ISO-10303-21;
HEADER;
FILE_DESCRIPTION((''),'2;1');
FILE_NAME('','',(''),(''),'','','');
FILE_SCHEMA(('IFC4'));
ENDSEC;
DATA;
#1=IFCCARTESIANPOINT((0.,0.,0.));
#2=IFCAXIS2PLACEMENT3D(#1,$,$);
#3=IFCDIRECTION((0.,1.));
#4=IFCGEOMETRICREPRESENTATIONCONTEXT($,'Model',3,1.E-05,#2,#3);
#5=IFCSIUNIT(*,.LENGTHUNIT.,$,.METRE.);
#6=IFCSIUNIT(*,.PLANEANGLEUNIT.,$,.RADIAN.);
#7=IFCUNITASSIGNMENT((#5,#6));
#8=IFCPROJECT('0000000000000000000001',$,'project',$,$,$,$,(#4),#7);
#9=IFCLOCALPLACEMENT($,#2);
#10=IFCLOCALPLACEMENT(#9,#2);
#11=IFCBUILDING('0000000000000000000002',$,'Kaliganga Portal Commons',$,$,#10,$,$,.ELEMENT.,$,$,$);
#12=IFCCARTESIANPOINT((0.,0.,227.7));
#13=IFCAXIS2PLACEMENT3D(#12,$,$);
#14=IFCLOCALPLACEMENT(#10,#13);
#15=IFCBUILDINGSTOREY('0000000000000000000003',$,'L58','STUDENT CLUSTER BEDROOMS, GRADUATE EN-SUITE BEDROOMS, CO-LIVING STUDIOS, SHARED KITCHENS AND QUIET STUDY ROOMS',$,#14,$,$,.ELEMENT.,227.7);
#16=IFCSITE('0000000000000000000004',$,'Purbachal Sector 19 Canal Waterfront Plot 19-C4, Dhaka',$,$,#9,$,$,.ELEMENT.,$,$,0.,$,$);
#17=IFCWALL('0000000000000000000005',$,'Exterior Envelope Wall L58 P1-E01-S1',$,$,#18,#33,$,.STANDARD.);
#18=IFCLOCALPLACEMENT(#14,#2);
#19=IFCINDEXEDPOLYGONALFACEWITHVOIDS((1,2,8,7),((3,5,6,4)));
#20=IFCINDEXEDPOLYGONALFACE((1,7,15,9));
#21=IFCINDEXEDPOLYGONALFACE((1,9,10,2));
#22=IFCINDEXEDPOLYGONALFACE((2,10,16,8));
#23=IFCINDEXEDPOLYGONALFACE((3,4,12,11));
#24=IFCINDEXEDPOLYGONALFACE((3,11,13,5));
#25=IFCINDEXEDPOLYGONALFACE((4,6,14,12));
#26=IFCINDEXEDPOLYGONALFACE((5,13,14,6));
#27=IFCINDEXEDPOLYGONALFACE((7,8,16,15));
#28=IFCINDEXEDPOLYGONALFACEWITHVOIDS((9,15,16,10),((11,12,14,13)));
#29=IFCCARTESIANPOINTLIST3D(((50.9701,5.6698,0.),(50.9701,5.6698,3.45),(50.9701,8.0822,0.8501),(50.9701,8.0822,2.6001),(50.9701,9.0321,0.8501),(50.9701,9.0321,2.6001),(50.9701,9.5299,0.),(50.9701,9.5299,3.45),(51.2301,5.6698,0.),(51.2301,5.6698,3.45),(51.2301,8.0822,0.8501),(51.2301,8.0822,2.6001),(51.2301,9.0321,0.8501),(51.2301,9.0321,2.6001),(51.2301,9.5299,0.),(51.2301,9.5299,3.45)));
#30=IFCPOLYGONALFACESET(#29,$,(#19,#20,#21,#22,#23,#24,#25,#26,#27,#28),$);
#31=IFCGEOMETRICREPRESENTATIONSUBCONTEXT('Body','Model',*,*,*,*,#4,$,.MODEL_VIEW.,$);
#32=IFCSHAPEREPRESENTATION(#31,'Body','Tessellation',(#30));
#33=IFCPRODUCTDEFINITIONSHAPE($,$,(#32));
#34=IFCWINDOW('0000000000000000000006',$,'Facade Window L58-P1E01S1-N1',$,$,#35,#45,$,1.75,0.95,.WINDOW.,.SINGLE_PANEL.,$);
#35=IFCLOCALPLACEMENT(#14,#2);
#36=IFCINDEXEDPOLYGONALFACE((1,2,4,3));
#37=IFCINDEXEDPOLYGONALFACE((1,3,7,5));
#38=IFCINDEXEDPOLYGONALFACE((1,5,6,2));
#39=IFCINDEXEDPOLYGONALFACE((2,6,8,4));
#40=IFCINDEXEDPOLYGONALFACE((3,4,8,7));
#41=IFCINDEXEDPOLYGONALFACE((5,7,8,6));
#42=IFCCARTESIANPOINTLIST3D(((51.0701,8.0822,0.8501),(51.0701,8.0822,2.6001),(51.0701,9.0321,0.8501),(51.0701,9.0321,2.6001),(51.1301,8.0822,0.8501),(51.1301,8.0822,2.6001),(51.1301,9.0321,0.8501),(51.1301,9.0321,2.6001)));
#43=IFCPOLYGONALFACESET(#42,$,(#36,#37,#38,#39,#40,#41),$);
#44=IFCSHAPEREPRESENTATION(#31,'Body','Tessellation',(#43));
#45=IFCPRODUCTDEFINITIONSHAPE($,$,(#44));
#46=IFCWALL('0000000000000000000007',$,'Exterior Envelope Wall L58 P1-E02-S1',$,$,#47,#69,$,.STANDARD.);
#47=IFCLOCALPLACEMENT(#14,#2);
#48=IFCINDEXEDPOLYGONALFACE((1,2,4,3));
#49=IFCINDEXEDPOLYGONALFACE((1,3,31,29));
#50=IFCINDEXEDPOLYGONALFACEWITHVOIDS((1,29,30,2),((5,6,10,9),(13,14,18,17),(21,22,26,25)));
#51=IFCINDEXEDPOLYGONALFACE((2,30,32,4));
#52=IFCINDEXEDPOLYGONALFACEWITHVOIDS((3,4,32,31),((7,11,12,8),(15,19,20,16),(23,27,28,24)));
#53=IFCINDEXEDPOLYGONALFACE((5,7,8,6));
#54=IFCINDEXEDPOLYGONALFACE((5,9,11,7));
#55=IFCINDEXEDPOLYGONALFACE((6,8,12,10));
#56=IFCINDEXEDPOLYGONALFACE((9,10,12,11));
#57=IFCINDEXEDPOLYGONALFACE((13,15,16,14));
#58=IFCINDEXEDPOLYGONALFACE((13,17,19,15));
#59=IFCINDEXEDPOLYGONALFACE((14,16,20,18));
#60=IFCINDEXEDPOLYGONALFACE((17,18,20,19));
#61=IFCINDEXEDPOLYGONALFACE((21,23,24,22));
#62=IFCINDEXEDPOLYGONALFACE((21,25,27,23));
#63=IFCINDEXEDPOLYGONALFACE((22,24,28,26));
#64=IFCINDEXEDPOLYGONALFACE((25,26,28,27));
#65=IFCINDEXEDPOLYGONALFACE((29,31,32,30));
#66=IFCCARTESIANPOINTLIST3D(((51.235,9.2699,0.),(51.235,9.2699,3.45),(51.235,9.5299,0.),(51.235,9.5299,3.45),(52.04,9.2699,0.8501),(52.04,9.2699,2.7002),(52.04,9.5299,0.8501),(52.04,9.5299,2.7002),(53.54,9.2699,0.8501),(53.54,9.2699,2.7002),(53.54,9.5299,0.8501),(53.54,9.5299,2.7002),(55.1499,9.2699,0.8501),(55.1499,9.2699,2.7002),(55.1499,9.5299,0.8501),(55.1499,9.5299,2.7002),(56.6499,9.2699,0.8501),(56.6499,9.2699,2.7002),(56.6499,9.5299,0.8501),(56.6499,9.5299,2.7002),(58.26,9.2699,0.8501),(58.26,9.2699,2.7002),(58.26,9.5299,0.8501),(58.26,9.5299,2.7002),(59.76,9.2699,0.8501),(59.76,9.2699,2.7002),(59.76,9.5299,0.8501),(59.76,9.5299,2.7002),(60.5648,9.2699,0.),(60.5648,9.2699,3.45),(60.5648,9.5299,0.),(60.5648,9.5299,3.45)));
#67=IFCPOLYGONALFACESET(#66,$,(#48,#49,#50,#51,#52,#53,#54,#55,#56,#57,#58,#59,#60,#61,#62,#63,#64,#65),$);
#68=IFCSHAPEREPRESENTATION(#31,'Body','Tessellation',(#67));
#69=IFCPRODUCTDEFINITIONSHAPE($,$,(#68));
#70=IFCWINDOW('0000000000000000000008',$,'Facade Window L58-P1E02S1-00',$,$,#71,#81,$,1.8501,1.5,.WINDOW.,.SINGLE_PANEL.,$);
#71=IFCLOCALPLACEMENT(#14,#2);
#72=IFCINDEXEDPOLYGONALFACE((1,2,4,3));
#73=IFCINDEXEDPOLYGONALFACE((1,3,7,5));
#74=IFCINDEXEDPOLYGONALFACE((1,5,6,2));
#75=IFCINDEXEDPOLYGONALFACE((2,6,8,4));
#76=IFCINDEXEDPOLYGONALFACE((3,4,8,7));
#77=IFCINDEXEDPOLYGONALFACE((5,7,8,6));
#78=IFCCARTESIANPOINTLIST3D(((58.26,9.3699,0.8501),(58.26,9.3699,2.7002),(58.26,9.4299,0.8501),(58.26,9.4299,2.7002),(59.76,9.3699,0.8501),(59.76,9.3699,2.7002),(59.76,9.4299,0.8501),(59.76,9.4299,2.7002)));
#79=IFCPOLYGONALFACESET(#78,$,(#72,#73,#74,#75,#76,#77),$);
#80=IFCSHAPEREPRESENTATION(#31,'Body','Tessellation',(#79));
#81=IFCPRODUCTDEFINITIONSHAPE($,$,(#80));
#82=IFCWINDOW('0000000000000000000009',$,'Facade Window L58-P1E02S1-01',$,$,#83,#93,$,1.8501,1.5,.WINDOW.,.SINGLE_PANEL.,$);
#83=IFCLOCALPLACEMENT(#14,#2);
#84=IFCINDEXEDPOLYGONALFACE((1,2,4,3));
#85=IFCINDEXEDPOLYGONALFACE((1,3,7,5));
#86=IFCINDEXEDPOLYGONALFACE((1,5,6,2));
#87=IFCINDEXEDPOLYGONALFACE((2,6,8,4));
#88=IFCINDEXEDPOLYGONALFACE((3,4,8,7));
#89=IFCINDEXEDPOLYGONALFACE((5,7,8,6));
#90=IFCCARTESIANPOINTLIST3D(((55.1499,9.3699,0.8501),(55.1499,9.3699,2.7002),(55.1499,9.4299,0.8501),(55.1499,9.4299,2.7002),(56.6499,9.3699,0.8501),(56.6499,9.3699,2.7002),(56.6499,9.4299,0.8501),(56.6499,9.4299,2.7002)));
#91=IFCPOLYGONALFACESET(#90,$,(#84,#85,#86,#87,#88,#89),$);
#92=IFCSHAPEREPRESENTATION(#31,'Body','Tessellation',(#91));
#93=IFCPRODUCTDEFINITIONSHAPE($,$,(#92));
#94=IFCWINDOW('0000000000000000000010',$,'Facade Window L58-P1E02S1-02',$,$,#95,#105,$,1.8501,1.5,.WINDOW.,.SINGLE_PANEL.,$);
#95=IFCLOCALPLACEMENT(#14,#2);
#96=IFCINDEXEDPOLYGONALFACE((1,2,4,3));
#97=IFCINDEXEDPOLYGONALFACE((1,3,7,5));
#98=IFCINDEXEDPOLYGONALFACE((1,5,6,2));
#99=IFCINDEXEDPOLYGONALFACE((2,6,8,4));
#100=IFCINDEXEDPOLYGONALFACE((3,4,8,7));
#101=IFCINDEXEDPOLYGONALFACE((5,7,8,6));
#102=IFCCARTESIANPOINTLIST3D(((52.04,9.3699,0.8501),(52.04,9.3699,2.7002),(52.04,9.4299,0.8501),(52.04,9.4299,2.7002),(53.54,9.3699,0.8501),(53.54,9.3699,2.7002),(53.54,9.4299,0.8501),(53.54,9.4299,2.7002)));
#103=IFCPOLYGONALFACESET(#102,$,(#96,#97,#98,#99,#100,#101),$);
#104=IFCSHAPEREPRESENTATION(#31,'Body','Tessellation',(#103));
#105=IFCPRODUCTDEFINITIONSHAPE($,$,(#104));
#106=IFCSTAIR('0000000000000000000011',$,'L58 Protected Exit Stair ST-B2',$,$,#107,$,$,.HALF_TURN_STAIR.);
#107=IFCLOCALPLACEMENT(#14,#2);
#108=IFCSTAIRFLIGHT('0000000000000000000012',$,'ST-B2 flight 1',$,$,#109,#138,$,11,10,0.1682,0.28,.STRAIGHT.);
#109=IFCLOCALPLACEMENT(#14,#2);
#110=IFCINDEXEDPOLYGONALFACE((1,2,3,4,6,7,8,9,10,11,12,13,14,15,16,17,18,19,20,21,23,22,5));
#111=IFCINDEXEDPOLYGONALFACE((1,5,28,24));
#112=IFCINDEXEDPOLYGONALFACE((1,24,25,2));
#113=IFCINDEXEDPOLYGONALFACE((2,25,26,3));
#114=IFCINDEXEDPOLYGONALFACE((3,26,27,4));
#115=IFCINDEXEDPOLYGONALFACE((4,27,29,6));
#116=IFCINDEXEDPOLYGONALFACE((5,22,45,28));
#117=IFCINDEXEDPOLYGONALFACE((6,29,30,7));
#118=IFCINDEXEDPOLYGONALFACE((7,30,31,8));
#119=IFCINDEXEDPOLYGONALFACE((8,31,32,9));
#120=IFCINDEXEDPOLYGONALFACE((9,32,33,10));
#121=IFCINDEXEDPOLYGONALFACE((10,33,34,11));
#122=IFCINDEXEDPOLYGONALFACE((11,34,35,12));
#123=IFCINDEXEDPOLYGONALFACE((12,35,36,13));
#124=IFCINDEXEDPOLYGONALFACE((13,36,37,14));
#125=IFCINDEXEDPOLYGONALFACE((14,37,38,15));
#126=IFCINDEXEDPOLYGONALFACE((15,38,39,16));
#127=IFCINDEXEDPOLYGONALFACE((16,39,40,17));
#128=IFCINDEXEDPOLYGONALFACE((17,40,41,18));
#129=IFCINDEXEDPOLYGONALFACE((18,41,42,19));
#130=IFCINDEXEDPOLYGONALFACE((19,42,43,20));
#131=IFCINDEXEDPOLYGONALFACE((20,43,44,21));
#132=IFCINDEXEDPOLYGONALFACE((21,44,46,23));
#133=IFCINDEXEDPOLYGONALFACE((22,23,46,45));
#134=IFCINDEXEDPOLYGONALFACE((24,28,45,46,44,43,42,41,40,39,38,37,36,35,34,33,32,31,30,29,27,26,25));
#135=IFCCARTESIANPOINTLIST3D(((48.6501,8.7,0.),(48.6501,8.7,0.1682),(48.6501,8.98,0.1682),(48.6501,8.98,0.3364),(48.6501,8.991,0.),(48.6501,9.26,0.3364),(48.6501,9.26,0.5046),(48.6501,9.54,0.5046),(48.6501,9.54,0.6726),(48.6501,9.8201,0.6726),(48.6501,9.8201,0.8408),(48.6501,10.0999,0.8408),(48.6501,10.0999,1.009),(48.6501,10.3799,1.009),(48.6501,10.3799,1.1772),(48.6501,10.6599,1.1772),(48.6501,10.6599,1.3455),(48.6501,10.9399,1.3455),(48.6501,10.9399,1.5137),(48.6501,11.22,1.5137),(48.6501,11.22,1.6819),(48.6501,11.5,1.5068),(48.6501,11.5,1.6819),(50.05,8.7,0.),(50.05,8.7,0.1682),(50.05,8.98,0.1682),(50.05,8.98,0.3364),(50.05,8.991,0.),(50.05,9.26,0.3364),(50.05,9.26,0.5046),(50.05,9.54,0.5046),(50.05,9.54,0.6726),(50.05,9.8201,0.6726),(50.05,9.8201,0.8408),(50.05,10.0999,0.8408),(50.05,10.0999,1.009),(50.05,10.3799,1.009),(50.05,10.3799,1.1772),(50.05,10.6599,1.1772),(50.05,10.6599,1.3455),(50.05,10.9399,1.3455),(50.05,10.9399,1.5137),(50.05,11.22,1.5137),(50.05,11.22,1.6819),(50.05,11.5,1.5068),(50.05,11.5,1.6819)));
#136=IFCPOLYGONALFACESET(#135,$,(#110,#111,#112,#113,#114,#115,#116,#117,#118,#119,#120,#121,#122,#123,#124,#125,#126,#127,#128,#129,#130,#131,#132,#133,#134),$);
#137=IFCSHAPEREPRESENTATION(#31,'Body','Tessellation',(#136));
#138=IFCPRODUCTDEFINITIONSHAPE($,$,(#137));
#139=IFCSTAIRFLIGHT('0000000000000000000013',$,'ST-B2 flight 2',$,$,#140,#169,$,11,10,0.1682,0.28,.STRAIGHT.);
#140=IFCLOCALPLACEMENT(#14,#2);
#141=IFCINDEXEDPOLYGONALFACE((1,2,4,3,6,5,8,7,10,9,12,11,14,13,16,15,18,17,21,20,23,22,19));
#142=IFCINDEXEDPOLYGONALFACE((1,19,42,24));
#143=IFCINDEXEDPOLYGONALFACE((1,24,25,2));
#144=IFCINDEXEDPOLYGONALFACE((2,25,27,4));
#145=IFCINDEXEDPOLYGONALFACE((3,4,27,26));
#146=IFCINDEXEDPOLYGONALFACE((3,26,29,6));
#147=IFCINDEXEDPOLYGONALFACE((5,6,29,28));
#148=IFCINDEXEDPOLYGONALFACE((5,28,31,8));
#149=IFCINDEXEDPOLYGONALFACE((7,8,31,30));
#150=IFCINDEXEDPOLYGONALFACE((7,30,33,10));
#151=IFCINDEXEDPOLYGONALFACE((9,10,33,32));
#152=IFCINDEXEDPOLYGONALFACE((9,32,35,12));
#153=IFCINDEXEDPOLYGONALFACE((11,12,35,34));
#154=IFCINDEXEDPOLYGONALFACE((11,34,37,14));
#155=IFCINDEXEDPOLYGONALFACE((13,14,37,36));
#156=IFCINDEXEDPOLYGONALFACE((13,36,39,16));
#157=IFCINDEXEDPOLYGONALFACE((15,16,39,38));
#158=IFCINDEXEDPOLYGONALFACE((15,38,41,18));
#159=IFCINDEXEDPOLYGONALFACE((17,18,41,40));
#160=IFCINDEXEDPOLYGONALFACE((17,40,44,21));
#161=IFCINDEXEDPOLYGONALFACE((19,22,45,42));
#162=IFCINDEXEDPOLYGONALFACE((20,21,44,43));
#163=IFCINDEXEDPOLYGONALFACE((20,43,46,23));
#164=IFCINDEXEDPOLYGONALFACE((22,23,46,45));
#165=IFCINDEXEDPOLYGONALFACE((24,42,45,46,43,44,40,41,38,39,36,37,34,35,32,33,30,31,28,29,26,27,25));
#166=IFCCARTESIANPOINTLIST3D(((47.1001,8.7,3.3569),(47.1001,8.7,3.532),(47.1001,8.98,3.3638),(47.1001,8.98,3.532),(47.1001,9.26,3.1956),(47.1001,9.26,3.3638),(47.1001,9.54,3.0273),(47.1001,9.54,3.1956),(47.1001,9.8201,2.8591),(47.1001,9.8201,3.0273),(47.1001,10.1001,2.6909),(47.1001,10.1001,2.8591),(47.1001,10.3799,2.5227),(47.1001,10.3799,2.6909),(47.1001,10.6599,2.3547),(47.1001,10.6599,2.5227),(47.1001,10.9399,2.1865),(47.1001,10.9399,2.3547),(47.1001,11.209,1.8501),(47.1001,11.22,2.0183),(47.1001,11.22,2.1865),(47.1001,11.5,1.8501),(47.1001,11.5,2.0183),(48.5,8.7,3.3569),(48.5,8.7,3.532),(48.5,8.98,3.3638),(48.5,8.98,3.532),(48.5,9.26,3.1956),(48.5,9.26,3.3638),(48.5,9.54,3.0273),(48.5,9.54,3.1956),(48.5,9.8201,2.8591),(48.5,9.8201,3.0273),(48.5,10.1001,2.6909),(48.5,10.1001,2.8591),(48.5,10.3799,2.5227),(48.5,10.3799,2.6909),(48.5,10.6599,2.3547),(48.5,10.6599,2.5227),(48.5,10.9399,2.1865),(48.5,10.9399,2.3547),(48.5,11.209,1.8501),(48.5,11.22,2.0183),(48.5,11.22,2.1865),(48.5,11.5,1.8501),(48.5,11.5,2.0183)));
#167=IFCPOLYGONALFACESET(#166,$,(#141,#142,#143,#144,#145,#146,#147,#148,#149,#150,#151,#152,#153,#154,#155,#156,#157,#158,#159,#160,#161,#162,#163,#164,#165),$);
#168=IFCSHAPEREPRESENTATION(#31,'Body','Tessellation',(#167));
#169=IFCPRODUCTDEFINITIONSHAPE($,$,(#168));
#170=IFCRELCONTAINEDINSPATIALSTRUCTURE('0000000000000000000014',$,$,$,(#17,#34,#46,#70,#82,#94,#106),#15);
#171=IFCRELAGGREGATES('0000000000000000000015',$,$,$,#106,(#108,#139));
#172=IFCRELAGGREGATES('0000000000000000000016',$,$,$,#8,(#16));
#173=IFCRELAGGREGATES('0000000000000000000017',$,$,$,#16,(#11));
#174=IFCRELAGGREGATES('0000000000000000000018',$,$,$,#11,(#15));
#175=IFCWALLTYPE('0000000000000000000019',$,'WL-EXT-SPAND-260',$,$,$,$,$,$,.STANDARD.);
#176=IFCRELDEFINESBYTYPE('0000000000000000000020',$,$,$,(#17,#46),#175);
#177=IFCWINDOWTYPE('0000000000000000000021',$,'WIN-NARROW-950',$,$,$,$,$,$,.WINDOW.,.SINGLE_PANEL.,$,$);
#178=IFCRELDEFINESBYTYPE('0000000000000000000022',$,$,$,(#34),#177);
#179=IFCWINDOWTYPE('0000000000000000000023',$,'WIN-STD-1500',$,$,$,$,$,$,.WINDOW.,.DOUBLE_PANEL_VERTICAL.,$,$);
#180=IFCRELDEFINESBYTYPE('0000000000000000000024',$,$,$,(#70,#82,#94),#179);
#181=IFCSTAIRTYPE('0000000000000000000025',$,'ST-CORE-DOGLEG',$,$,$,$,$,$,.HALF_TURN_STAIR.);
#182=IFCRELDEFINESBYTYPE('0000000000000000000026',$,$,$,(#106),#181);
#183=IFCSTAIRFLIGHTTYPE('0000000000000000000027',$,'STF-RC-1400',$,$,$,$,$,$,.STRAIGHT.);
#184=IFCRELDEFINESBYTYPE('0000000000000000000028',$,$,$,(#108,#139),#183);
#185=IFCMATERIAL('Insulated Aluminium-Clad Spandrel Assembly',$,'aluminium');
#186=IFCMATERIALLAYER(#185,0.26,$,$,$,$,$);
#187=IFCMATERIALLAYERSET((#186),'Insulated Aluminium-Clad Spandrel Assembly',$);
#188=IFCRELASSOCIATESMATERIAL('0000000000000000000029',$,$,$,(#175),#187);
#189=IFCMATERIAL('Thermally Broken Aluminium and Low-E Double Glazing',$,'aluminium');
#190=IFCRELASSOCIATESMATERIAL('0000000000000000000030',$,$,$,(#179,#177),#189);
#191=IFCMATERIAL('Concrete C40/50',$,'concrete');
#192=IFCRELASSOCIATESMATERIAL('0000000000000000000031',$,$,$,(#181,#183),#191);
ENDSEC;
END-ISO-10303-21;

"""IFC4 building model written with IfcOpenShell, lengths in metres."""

from ifc_helpers import new_model, si_unit, direction, frame, frame_2d, origin, place, context, subcontext, project, spatial, polyline, rectangle, outline, extrude, material, layer, layer_set, type_object, element, fill, aggregate, save


model = new_model("IFC4")

# Units and contexts
model_context = context("Model", 3, precision=1e-05, world=origin(), true_north=direction((0.0, 1.0)))
body_context = subcontext(model_context, "Body", "Model", "MODEL_VIEW")
ifc_project = project(units=[si_unit("LENGTHUNIT", "METRE"), si_unit("PLANEANGLEUNIT", "RADIAN")], contexts=[model_context])

# Site, building, storey
site_placement = place(None, origin())
site = spatial("IfcSite", under=ifc_project, at=site_placement, Name="Purbachal Sector 19 Canal Waterfront Plot 19-C4, Dhaka", CompositionType="ELEMENT", RefElevation=0.0)
building_placement = place(site_placement, origin())
building = spatial("IfcBuilding", under=site, at=building_placement, Name="Kaliganga Portal Commons", CompositionType="ELEMENT")
storey_placement = place(building_placement, frame((0.0, 0.0, 227.7)))
storey = spatial("IfcBuildingStorey", under=building, at=storey_placement, Name="L58", Description="STUDENT CLUSTER BEDROOMS, GRADUATE EN-SUITE BEDROOMS, CO-LIVING STUDIOS, SHARED KITCHENS AND QUIET STUDY ROOMS", CompositionType="ELEMENT", Elevation=227.7)

# Shared definitions
ifc_material_1 = material(Name="Insulated Aluminium-Clad Spandrel Assembly", Category="aluminium")
ifc_layer_1 = layer(ifc_material_1, 0.26)
ifc_layer_set_1 = layer_set([ifc_layer_1], Name="Insulated Aluminium-Clad Spandrel Assembly")
wall_type_1 = type_object("IfcWallType", Name="WL-EXT-SPAND-260", PredefinedType="STANDARD", material=ifc_layer_set_1)
ifc_material_2 = material(Name="Thermally Broken Aluminium and Low-E Double Glazing", Category="aluminium")
window_type_1 = type_object("IfcWindowType", Name="WIN-STD-1500", PartitioningType="DOUBLE_PANEL_VERTICAL", PredefinedType="WINDOW", material=ifc_material_2)

# Wall, opening, window
wall_1_placement = place(storey_placement, frame((51.1001, 9.53, 0.0), z_axis=(0.0, 0.0, 1.0), x_axis=(0.0, -1.0, 0.0)))
wall_1 = element("IfcWall", 1, at=wall_1_placement, inside=storey, type_object=wall_type_1, Name="Exterior Envelope Wall L58 P1-E01-S1", PredefinedType="STANDARD", context=body_context, shape_type="SweptSolid", body=[
    extrude(rectangle(XDim=3.8601, YDim=0.26, at=frame_2d((1.9302, 0.0))), origin(), (0.0, 0.0, 1.0), 3.45),
])
opening_1_placement = place(wall_1_placement, frame((0.4978, 0.0, 0.8501)))
opening_1 = element("IfcOpeningElement", 2, at=opening_1_placement, cuts=wall_1, PredefinedType="OPENING", context=body_context, shape_type="SweptSolid", body=[
    extrude(rectangle(XDim=0.95, YDim=1.75, at=frame_2d((0.4751, 0.875))), frame((0.0, 0.1401, 0.0), z_axis=(0.0, -1.0, 0.0), x_axis=(1.0, 0.0, 0.0)), (0.0, 0.0, 1.0), 0.28),
])
window_type_2 = type_object("IfcWindowType", Name="WIN-NARROW-950", PartitioningType="SINGLE_PANEL", PredefinedType="WINDOW", material=ifc_material_2)
window_1_placement = place(opening_1_placement, origin())
window_1 = element("IfcWindow", 3, at=window_1_placement, inside=storey, type_object=window_type_2, Name="Facade Window L58-P1E01S1-N1", OverallHeight=1.75, OverallWidth=0.95, PartitioningType="SINGLE_PANEL", PredefinedType="WINDOW", context=body_context, shape_type="SweptSolid", body=[
    extrude(rectangle(XDim=0.95, YDim=1.75, at=frame_2d((0.4751, 0.875))), frame((0.0, 0.03, 0.0), z_axis=(0.0, -1.0, 0.0), x_axis=(1.0, 0.0, 0.0)), (0.0, 0.0, 1.0), 0.0601),
])
fill(opening_1, window_1)

# Wall, openings, windows
wall_2_placement = place(storey_placement, frame((60.5649, 9.3999, 0.0), z_axis=(0.0, 0.0, 1.0), x_axis=(-1.0, 0.0, 0.0)))
wall_2 = element("IfcWall", 4, at=wall_2_placement, inside=storey, type_object=wall_type_1, Name="Exterior Envelope Wall L58 P1-E02-S1", PredefinedType="STANDARD", context=body_context, shape_type="SweptSolid", body=[
    extrude(rectangle(XDim=9.3298, YDim=0.26, at=frame_2d((4.665, 0.0))), origin(), (0.0, 0.0, 1.0), 3.45),
])
opening_2_placement = place(wall_2_placement, frame((0.8049, 0.0, 0.8501)))
opening_2 = element("IfcOpeningElement", 5, at=opening_2_placement, cuts=wall_2, PredefinedType="OPENING", context=body_context, shape_type="SweptSolid", body=[
    extrude(rectangle(XDim=1.5, YDim=1.8501, at=frame_2d((0.75, 0.925))), frame((0.0, 0.1401, 0.0), z_axis=(0.0, -1.0, 0.0), x_axis=(1.0, 0.0, 0.0)), (0.0, 0.0, 1.0), 0.28),
])
opening_3_placement = place(wall_2_placement, frame((3.915, 0.0, 0.8501)))
opening_3 = element("IfcOpeningElement", 6, at=opening_3_placement, cuts=wall_2, PredefinedType="OPENING", context=body_context, shape_type="SweptSolid", body=[
    extrude(rectangle(XDim=1.5, YDim=1.8501, at=frame_2d((0.75, 0.925))), frame((0.0, 0.1401, 0.0), z_axis=(0.0, -1.0, 0.0), x_axis=(1.0, 0.0, 0.0)), (0.0, 0.0, 1.0), 0.28),
])
opening_4_placement = place(wall_2_placement, frame((7.0249, 0.0, 0.8501)))
opening_4 = element("IfcOpeningElement", 7, at=opening_4_placement, cuts=wall_2, PredefinedType="OPENING", context=body_context, shape_type="SweptSolid", body=[
    extrude(rectangle(XDim=1.5, YDim=1.8501, at=frame_2d((0.75, 0.925))), frame((0.0, 0.1401, 0.0), z_axis=(0.0, -1.0, 0.0), x_axis=(1.0, 0.0, 0.0)), (0.0, 0.0, 1.0), 0.28),
])
window_2_placement = place(opening_2_placement, origin())
window_2 = element("IfcWindow", 8, at=window_2_placement, inside=storey, type_object=window_type_1, Name="Facade Window L58-P1E02S1-00", OverallHeight=1.8501, OverallWidth=1.5, PartitioningType="SINGLE_PANEL", PredefinedType="WINDOW", context=body_context, shape_type="SweptSolid", body=[
    extrude(rectangle(XDim=1.5, YDim=1.8501, at=frame_2d((0.75, 0.925))), frame((0.0, 0.03, 0.0), z_axis=(0.0, -1.0, 0.0), x_axis=(1.0, 0.0, 0.0)), (0.0, 0.0, 1.0), 0.0601),
])
fill(opening_2, window_2)
window_3_placement = place(opening_3_placement, origin())
window_3 = element("IfcWindow", 9, at=window_3_placement, inside=storey, type_object=window_type_1, Name="Facade Window L58-P1E02S1-01", OverallHeight=1.8501, OverallWidth=1.5, PartitioningType="SINGLE_PANEL", PredefinedType="WINDOW", context=body_context, shape_type="SweptSolid", body=[
    extrude(rectangle(XDim=1.5, YDim=1.8501, at=frame_2d((0.75, 0.925))), frame((0.0, 0.03, 0.0), z_axis=(0.0, -1.0, 0.0), x_axis=(1.0, 0.0, 0.0)), (0.0, 0.0, 1.0), 0.0601),
])
fill(opening_3, window_3)
window_4_placement = place(opening_4_placement, origin())
window_4 = element("IfcWindow", 10, at=window_4_placement, inside=storey, type_object=window_type_1, Name="Facade Window L58-P1E02S1-02", OverallHeight=1.8501, OverallWidth=1.5, PartitioningType="SINGLE_PANEL", PredefinedType="WINDOW", context=body_context, shape_type="SweptSolid", body=[
    extrude(rectangle(XDim=1.5, YDim=1.8501, at=frame_2d((0.75, 0.925))), frame((0.0, 0.03, 0.0), z_axis=(0.0, -1.0, 0.0), x_axis=(1.0, 0.0, 0.0)), (0.0, 0.0, 1.0), 0.0601),
])
fill(opening_4, window_4)

# Stair, stair flights
ifc_material_3 = material(Name="Concrete C40/50", Category="concrete")
stair_type = type_object("IfcStairType", Name="ST-CORE-DOGLEG", PredefinedType="HALF_TURN_STAIR", material=ifc_material_3)
stair_placement = place(storey_placement, origin())
stair = element("IfcStair", 11, at=stair_placement, inside=storey, type_object=stair_type, Name="L58 Protected Exit Stair ST-B2", PredefinedType="HALF_TURN_STAIR")
stair_flight_type = type_object("IfcStairFlightType", Name="STF-RC-1400", PredefinedType="STRAIGHT", material=ifc_material_3)
stair_flight_1_placement = place(storey_placement, frame((49.3501, 8.7, 0.0), z_axis=(0.0, 0.0, 1.0), x_axis=(0.0, 1.0, 0.0)))
stair_flight_1 = element("IfcStairFlight", 12, at=stair_flight_1_placement, type_object=stair_flight_type, Name="ST-B2 flight 1", NumberOfRisers=11, NumberOfTreads=10, PredefinedType="STRAIGHT", RiserHeight=0.1682, TreadLength=0.28, context=body_context, shape_type="SweptSolid", body=[
    extrude(outline(polyline([(0.0, 0.0), (0.0, 0.1682), (0.28, 0.1682), (0.28, 0.3364), (0.5601, 0.3364), (0.5601, 0.5046), (0.8401, 0.5046), (0.8401, 0.6726), (1.1201, 0.6726), (1.1201, 0.8408), (1.3999, 0.8408), (1.3999, 1.009), (1.6799, 1.009), (1.6799, 1.1772), (1.96, 1.1772), (1.96, 1.3455), (2.24, 1.3455), (2.24, 1.5137), (2.52, 1.5137), (2.52, 1.6819), (2.8, 1.6819), (2.8, 1.8501), (2.8, 1.5068), (0.291, 0.0), (0.0, 0.0)])), frame((0.0, 0.7, 0.0), z_axis=(0.0, -1.0, 0.0), x_axis=(1.0, 0.0, 0.0)), (0.0, 0.0, 1.0), 1.3999),
])
stair_flight_2_placement = place(storey_placement, frame((47.8, 11.5, 1.8501), z_axis=(0.0, 0.0, 1.0), x_axis=(0.0, -1.0, 0.0)))
stair_flight_2 = element("IfcStairFlight", 13, at=stair_flight_2_placement, type_object=stair_flight_type, Name="ST-B2 flight 2", NumberOfRisers=11, NumberOfTreads=10, PredefinedType="STRAIGHT", RiserHeight=0.1682, TreadLength=0.28, context=body_context, shape_type="SweptSolid", body=[
    extrude(outline(polyline([(0.0, 0.0), (0.0, 0.1682), (0.28, 0.1682), (0.28, 0.3364), (0.5601, 0.3364), (0.5601, 0.5046), (0.8401, 0.5046), (0.8401, 0.6726), (1.1201, 0.6726), (1.1201, 0.8408), (1.3999, 0.8408), (1.3999, 1.009), (1.6799, 1.009), (1.6799, 1.1772), (1.96, 1.1772), (1.96, 1.3455), (2.24, 1.3455), (2.24, 1.5137), (2.52, 1.5137), (2.52, 1.6819), (2.8, 1.6819), (2.8, 1.8501), (2.8, 1.5068), (0.291, 0.0), (0.0, 0.0)])), frame((0.0, 0.7, 0.0), z_axis=(0.0, -1.0, 0.0), x_axis=(1.0, 0.0, 0.0)), (0.0, 0.0, 1.0), 1.3999),
])
aggregate(stair, [stair_flight_1, stair_flight_2])

save(model, "model.ifc")
